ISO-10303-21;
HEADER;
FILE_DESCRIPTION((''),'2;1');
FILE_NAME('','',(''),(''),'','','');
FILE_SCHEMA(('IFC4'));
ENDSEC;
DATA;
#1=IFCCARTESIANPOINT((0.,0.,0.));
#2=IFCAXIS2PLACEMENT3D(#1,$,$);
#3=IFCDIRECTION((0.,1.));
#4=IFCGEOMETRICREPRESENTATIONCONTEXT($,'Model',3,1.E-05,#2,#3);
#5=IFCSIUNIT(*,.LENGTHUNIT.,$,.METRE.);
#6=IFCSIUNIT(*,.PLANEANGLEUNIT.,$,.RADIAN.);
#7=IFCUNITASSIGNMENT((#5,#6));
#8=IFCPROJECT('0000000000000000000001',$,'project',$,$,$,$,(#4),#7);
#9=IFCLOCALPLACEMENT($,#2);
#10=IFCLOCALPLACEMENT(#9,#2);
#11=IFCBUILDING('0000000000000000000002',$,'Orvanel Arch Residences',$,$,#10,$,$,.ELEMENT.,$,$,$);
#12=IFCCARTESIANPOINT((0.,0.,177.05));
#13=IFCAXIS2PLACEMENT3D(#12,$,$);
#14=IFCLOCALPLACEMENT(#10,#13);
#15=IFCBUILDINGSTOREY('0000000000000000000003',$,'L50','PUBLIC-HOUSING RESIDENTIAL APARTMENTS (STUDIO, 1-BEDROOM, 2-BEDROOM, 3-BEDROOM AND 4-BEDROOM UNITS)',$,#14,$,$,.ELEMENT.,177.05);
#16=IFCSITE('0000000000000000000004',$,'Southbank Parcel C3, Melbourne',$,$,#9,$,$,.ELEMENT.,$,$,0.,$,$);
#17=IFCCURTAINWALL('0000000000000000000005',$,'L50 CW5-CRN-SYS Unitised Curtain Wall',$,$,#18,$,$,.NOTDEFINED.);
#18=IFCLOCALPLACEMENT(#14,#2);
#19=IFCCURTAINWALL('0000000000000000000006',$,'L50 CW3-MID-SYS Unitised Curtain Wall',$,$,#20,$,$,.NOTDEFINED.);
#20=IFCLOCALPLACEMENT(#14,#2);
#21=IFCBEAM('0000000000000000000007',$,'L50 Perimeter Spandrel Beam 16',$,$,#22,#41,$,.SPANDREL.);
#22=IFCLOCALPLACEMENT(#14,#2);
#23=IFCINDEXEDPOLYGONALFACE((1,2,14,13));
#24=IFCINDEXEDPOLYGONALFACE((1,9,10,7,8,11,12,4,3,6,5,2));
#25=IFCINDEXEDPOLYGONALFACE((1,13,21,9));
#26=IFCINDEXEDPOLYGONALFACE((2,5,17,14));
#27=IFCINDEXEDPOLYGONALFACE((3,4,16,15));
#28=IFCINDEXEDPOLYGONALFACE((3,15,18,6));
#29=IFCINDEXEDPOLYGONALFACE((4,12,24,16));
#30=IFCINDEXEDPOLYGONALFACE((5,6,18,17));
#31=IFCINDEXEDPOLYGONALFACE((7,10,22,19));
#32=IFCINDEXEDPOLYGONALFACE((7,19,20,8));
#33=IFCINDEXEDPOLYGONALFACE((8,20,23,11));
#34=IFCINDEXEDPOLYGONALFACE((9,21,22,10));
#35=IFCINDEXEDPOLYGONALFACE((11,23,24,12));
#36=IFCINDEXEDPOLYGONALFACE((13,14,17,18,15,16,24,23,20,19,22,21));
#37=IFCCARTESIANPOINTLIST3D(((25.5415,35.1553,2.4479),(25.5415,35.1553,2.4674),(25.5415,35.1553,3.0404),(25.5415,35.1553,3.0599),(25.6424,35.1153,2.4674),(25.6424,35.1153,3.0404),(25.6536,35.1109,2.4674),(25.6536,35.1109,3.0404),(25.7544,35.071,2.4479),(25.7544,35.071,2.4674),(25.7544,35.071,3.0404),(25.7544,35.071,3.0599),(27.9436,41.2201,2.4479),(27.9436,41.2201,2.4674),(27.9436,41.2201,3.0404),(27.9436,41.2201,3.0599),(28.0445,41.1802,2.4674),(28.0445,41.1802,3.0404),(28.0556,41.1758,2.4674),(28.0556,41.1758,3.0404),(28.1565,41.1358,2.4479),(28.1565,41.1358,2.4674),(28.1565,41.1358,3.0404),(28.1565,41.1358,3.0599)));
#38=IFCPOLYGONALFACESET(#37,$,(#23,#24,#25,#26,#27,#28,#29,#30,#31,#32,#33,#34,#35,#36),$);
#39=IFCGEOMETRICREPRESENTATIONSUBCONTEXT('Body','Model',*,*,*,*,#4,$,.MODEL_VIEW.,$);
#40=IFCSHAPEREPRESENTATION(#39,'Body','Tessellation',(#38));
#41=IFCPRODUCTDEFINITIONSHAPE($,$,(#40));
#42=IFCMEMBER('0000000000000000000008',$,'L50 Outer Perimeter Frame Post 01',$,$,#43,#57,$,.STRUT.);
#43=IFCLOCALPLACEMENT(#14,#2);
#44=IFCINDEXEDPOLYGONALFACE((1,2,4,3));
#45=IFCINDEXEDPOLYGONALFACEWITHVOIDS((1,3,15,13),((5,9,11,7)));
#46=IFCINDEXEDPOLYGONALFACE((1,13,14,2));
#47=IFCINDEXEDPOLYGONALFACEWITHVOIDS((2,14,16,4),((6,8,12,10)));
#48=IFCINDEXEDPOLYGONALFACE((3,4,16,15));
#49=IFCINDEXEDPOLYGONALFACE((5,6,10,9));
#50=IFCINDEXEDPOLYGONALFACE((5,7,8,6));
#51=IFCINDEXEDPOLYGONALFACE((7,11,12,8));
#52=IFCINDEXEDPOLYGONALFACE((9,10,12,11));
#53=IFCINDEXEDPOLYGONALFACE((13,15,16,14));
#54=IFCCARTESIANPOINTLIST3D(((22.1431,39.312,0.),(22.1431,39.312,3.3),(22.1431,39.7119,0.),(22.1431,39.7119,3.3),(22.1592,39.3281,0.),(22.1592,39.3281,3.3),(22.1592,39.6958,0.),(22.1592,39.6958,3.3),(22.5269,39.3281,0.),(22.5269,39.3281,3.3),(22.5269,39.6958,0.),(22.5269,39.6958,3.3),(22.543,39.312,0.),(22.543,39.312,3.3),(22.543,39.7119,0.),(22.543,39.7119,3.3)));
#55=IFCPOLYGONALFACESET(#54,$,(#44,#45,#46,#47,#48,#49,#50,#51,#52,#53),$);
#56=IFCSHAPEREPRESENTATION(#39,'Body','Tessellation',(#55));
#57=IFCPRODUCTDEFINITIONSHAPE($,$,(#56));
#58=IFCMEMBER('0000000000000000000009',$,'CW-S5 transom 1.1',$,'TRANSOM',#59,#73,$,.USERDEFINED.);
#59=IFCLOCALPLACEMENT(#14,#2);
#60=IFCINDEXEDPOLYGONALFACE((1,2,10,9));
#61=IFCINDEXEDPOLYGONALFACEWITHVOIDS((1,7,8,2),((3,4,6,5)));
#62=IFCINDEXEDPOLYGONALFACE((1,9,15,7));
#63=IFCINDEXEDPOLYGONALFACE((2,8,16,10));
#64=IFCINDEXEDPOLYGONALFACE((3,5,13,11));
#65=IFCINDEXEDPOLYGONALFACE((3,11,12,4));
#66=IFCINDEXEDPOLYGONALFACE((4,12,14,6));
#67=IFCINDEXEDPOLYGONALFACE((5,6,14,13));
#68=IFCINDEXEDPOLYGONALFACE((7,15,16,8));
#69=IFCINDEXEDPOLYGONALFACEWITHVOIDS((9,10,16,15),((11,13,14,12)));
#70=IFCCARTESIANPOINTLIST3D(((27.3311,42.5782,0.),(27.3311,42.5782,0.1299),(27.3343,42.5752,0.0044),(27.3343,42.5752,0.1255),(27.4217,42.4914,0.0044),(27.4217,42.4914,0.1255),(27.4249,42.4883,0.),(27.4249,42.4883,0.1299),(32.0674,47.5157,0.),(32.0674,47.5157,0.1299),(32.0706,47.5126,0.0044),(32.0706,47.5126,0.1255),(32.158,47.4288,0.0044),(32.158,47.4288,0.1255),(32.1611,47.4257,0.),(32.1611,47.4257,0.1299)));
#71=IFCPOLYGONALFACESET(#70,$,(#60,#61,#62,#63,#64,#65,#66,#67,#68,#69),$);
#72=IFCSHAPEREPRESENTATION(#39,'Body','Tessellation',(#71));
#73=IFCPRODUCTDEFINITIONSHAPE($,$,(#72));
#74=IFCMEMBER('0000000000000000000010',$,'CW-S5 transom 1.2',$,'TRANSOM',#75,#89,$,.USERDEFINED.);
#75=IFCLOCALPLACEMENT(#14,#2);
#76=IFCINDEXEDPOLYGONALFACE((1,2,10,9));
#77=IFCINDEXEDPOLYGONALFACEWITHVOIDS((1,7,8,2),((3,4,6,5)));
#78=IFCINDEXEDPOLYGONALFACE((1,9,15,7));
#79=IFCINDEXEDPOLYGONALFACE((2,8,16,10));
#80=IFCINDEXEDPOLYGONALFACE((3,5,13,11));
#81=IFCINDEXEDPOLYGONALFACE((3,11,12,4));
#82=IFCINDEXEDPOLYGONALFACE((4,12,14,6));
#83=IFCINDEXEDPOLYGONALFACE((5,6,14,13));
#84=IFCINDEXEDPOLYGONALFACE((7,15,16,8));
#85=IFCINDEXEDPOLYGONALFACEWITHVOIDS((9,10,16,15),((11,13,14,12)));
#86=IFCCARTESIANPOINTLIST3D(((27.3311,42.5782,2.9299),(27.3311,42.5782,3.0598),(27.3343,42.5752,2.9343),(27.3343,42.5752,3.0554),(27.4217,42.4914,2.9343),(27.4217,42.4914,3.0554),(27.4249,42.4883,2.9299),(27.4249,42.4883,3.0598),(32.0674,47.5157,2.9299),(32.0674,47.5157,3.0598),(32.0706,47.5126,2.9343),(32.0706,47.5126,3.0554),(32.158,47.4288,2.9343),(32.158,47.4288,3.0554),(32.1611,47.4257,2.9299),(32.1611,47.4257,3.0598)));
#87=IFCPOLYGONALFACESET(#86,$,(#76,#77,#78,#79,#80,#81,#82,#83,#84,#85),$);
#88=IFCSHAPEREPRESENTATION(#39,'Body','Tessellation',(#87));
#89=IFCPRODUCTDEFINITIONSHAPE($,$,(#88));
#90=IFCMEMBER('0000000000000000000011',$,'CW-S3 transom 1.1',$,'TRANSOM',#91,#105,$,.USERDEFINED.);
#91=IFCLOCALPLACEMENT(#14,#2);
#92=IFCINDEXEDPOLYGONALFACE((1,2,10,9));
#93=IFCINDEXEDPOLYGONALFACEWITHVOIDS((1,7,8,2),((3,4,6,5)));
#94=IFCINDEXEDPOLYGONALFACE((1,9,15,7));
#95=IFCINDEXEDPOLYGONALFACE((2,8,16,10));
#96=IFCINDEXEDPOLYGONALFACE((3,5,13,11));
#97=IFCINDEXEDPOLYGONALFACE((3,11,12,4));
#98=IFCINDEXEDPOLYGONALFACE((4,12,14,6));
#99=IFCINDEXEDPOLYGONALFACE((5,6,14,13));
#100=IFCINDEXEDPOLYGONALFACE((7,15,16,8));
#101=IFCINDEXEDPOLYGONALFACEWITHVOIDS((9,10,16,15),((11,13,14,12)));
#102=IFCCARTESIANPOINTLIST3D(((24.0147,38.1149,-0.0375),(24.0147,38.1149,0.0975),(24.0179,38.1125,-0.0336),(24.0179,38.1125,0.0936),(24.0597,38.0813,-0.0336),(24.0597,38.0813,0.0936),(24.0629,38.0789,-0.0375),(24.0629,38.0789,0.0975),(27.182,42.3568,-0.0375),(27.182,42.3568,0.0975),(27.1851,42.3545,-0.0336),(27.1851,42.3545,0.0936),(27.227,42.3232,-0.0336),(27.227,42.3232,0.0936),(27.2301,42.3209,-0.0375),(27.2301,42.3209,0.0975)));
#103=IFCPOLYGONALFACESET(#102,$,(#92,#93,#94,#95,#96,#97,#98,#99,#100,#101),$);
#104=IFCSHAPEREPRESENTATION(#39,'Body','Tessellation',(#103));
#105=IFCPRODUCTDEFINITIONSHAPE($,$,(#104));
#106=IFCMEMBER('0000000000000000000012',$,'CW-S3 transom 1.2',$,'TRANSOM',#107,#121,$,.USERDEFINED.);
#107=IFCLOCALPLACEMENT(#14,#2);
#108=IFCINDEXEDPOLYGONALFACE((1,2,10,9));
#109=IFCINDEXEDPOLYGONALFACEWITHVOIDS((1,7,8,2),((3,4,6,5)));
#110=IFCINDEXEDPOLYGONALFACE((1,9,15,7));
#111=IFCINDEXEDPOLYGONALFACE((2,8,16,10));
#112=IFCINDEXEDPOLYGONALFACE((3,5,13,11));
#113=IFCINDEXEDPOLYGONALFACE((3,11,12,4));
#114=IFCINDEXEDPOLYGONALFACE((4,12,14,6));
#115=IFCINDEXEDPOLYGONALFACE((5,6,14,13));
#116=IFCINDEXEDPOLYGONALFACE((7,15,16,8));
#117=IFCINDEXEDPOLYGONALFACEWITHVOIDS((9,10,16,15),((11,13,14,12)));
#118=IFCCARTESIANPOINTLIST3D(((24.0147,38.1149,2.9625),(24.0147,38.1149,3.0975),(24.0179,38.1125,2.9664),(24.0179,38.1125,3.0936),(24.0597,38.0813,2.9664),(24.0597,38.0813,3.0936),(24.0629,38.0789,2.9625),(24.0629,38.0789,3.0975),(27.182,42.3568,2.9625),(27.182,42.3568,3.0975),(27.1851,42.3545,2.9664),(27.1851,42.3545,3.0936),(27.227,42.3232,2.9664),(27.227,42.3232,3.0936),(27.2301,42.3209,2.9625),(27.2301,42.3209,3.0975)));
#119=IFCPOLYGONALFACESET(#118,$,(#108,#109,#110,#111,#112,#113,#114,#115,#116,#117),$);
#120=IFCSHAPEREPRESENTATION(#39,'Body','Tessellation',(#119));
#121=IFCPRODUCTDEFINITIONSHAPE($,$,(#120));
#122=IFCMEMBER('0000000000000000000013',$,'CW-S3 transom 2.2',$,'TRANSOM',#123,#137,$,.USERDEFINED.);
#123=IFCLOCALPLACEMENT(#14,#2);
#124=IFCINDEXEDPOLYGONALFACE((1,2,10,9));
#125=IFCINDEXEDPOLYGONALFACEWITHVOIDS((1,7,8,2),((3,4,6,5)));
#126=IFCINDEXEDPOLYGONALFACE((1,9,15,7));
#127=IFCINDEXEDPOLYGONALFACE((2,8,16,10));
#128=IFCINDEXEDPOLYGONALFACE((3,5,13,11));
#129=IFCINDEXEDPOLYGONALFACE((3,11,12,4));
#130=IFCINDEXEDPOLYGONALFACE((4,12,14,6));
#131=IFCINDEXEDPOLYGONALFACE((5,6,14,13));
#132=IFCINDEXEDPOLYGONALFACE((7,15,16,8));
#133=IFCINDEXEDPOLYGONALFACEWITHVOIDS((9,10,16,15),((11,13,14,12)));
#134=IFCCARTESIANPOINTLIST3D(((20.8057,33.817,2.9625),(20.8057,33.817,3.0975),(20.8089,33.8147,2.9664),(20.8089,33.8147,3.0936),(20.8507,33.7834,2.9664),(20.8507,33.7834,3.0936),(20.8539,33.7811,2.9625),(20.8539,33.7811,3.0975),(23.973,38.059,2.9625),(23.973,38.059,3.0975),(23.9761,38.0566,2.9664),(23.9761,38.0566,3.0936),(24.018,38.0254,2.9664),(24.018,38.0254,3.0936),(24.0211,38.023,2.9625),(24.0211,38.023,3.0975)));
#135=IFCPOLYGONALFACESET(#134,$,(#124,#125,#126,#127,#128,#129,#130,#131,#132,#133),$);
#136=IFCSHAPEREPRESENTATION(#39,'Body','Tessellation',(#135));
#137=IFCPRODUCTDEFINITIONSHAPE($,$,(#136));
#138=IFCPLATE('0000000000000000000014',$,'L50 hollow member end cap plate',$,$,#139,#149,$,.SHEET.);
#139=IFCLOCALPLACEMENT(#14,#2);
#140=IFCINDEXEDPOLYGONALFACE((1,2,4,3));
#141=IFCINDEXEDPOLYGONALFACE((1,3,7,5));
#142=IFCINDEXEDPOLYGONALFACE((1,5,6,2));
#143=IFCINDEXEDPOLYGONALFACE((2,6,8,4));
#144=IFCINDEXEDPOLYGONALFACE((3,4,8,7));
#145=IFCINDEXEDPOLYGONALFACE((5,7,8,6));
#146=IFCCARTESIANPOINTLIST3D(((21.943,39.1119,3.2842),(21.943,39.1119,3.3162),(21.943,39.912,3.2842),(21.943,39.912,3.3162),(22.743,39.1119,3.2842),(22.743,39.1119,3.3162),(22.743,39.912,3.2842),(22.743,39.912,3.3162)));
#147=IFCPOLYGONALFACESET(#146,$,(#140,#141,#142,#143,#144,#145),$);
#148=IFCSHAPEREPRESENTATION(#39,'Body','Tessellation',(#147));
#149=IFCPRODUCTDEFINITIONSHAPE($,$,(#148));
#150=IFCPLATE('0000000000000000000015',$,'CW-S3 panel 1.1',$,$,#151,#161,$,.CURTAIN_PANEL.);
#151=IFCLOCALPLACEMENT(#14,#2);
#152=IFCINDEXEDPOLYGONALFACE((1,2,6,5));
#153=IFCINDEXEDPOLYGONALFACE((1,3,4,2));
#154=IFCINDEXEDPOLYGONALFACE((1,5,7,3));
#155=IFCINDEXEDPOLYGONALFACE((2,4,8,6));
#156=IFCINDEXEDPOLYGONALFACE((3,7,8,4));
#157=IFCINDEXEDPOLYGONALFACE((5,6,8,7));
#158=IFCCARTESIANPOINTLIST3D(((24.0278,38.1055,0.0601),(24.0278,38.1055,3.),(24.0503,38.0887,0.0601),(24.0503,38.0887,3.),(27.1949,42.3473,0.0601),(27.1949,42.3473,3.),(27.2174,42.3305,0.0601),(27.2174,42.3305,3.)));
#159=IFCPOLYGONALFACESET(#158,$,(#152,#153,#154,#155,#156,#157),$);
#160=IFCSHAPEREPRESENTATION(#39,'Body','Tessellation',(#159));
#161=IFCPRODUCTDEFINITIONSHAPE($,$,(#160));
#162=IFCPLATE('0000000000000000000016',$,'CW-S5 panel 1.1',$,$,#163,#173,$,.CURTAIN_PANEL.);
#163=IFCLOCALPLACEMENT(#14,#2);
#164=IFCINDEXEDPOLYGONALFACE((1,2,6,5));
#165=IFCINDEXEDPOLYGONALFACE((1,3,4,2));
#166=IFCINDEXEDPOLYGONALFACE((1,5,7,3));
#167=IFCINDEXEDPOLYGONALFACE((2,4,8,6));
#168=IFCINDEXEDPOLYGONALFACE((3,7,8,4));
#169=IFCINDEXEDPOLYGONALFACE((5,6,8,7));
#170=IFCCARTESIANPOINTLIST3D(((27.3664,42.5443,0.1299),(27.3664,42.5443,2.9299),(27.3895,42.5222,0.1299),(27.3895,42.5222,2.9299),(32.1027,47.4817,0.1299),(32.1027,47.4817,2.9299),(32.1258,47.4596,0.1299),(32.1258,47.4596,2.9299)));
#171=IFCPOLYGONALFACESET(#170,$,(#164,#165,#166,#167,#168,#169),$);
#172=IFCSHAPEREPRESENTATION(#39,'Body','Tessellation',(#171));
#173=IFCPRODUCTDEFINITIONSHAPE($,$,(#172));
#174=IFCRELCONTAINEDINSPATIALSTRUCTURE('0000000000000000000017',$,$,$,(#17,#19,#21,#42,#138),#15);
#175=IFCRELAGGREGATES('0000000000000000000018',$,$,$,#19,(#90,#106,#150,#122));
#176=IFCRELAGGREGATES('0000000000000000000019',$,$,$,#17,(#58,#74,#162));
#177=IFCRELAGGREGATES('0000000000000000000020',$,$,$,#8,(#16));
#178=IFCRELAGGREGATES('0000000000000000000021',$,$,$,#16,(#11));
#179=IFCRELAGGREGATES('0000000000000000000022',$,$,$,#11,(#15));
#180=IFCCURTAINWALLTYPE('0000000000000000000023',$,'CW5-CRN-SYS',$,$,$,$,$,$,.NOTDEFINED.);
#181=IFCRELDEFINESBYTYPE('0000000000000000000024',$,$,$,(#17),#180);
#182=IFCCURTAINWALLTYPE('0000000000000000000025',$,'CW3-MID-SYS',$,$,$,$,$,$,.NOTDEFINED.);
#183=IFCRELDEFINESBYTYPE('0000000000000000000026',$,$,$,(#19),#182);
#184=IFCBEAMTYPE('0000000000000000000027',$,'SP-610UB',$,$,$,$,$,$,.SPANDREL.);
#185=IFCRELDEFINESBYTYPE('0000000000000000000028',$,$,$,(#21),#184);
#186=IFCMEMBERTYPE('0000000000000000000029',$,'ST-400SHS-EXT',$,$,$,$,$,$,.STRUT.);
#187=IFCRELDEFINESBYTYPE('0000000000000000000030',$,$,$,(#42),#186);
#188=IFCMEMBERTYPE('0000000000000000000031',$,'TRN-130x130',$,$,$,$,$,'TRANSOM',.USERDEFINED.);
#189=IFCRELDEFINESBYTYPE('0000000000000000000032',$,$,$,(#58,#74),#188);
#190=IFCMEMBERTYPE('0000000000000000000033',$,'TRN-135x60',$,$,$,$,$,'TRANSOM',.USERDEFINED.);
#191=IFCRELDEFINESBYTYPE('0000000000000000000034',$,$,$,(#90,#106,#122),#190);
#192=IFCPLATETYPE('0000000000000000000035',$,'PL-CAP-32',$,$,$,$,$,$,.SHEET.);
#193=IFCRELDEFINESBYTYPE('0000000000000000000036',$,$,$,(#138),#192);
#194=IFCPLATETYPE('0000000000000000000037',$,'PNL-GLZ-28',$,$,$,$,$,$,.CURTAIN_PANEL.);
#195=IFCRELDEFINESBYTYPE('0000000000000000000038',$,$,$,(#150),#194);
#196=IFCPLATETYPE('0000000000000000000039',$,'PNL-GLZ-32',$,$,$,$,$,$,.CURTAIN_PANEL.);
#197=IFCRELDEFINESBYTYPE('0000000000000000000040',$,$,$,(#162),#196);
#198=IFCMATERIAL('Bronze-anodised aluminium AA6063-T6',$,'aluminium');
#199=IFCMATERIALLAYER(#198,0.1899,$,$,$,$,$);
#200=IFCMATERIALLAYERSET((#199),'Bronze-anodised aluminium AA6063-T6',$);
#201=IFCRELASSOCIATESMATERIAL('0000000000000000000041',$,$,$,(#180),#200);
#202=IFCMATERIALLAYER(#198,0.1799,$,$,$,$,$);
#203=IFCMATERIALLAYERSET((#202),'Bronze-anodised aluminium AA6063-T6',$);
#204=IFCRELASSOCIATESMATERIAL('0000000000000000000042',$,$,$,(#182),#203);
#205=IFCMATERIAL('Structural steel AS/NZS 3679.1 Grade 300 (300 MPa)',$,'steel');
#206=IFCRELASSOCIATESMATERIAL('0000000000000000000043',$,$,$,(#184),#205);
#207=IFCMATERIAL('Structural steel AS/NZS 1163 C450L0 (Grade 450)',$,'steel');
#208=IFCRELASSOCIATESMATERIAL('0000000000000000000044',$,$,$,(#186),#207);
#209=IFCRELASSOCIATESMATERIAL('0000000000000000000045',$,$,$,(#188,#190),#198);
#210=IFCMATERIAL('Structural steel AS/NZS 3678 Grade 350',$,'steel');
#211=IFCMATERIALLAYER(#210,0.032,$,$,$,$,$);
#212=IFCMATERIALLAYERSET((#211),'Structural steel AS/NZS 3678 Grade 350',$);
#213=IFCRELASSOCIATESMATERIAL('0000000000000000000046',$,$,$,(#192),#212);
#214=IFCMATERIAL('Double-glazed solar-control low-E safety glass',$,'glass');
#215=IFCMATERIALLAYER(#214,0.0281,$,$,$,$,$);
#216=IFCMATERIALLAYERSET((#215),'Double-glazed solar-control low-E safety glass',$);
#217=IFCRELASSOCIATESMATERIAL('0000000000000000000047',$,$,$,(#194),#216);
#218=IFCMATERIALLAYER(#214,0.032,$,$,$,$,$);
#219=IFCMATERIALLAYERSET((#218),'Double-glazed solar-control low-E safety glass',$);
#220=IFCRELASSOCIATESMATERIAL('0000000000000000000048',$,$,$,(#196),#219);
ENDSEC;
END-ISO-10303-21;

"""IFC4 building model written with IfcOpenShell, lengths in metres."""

from ifc_helpers import new_model, si_unit, direction, frame, origin, origin_2d, place, context, subcontext, project, spatial, rectangle, hollow_rectangle, i_section, extrude, material, layer, layer_set, material_profile, profile_set, type_object, element, aggregate, save


model = new_model("IFC4")

# Units and contexts
model_context = context("Model", 3, precision=1e-05, world=origin(), true_north=direction((0.0, 1.0)))
body_context = subcontext(model_context, "Body", "Model", "MODEL_VIEW")
ifc_project = project(units=[si_unit("LENGTHUNIT", "METRE"), si_unit("PLANEANGLEUNIT", "RADIAN")], contexts=[model_context])

# Site, building, storey
site_placement = place(None, origin())
site = spatial("IfcSite", under=ifc_project, at=site_placement, Name="Southbank Parcel C3, Melbourne", CompositionType="ELEMENT", RefElevation=0.0)
building_placement = place(site_placement, origin())
building = spatial("IfcBuilding", under=site, at=building_placement, Name="Orvanel Arch Residences", CompositionType="ELEMENT")
storey_placement = place(building_placement, frame((0.0, 0.0, 177.05)))
storey = spatial("IfcBuildingStorey", under=building, at=storey_placement, Name="L50", Description="PUBLIC-HOUSING RESIDENTIAL APARTMENTS (STUDIO, 1-BEDROOM, 2-BEDROOM, 3-BEDROOM AND 4-BEDROOM UNITS)", CompositionType="ELEMENT", Elevation=177.05)

# Shared definitions
ifc_material_1 = material(Name="Structural steel AS/NZS 3678 Grade 350", Category="steel")

# Shared definitions
ifc_material_2 = material(Name="Structural steel AS/NZS 3679.1 Grade 300 (300 MPa)", Category="steel")

# Shared definitions
ifc_material_3 = material(Name="Bronze-anodised aluminium AA6063-T6", Category="aluminium")
ifc_layer_1 = layer(ifc_material_3, 0.1899)
ifc_layer_set_1 = layer_set([ifc_layer_1], Name="Bronze-anodised aluminium AA6063-T6")
curtain_wall_type_1 = type_object("IfcCurtainWallType", Name="CW5-CRN-SYS", PredefinedType="NOTDEFINED", material=ifc_layer_set_1)

# Curtain walls
curtain_wall_1_placement = place(storey_placement, origin())
curtain_wall_1 = element("IfcCurtainWall", 1, at=curtain_wall_1_placement, inside=storey, type_object=curtain_wall_type_1, Name="L50 CW5-CRN-SYS Unitised Curtain Wall", PredefinedType="NOTDEFINED")
ifc_layer_2 = layer(ifc_material_3, 0.1799)
ifc_layer_set_2 = layer_set([ifc_layer_2], Name="Bronze-anodised aluminium AA6063-T6")
curtain_wall_type_2 = type_object("IfcCurtainWallType", Name="CW3-MID-SYS", PredefinedType="NOTDEFINED", material=ifc_layer_set_2)
curtain_wall_2_placement = place(storey_placement, origin())
curtain_wall_2 = element("IfcCurtainWall", 2, at=curtain_wall_2_placement, inside=storey, type_object=curtain_wall_type_2, Name="L50 CW3-MID-SYS Unitised Curtain Wall", PredefinedType="NOTDEFINED")

# Beam
ifc_material_profile_1 = material_profile(ifc_material_2, i_section(OverallWidth=0.229, OverallDepth=0.6121, WebThickness=0.012, FlangeThickness=0.0195, at=origin_2d()), Name="610UB125")
ifc_profile_set_1 = profile_set([ifc_material_profile_1], Name="Structural steel AS/NZS 3679.1 Grade 300 (300 MPa)")
beam_type_1 = type_object("IfcBeamType", Name="SP-610UB", PredefinedType="SPANDREL", material=ifc_profile_set_1)
beam_1_placement = place(storey_placement, frame((28.05, 41.178, 2.7539), z_axis=(-0.368233, -0.929733, 0.0), x_axis=(0.929733, -0.368233, 0.0)))
element("IfcBeam", 3, at=beam_1_placement, inside=storey, type_object=beam_type_1, Name="L50 Perimeter Spandrel Beam 16", PredefinedType="SPANDREL", context=body_context, shape_type="SweptSolid", body=[
    extrude(i_section(OverallWidth=0.229, OverallDepth=0.6121, WebThickness=0.012, FlangeThickness=0.0195, at=origin_2d()), origin(), (0.0, 0.0, 1.0), 6.5232),
])

# Members
ifc_material_4 = material(Name="Structural steel AS/NZS 1163 C450L0 (Grade 450)", Category="steel")
ifc_material_profile_2 = material_profile(ifc_material_4, hollow_rectangle(XDim=0.3999, YDim=0.3999, WallThickness=0.0161, at=origin_2d()), Name="SHS400x400x16")
ifc_profile_set_2 = profile_set([ifc_material_profile_2], Name="Structural steel AS/NZS 1163 C450L0 (Grade 450)")
member_type_1 = type_object("IfcMemberType", Name="ST-400SHS-EXT", PredefinedType="STRUT", material=ifc_profile_set_2)
member_1_placement = place(storey_placement, frame((22.343, 39.512, 0.0), z_axis=(0.0, 0.0, 1.0), x_axis=(1.0, 0.0, 0.0)))
element("IfcMember", 4, at=member_1_placement, inside=storey, type_object=member_type_1, Name="L50 Outer Perimeter Frame Post 01", PredefinedType="STRUT", context=body_context, shape_type="SweptSolid", body=[
    extrude(hollow_rectangle(XDim=0.3999, YDim=0.3999, WallThickness=0.0161, at=origin_2d()), origin(), (0.0, 0.0, 1.0), 3.3),
])
ifc_material_profile_3 = material_profile(ifc_material_3, hollow_rectangle(XDim=0.1299, YDim=0.1299, WallThickness=0.0044, at=origin_2d()), Name="ALU130x130x4.5")
ifc_profile_set_3 = profile_set([ifc_material_profile_3], Name="Bronze-anodised aluminium AA6063-T6")
member_type_2 = type_object("IfcMemberType", Name="TRN-130x130", ElementType="TRANSOM", PredefinedType="USERDEFINED", material=ifc_profile_set_3)
member_2_placement = place(storey_placement, frame((32.1143, 47.4707, 0.0649), z_axis=(-0.692252, -0.721655, 0.0), x_axis=(0.721655, -0.692252, 0.0)))
member_2 = element("IfcMember", 5, at=member_2_placement, type_object=member_type_2, Name="CW-S5 transom 1.1", ObjectType="TRANSOM", PredefinedType="USERDEFINED", context=body_context, shape_type="SweptSolid", body=[
    extrude(hollow_rectangle(XDim=0.1299, YDim=0.1299, WallThickness=0.0044, at=origin_2d()), origin(), (0.0, 0.0, 1.0), 6.8418),
])
member_3_placement = place(storey_placement, frame((32.1143, 47.4707, 2.9949), z_axis=(-0.692252, -0.721655, 0.0), x_axis=(0.721655, -0.692252, 0.0)))
member_3 = element("IfcMember", 6, at=member_3_placement, type_object=member_type_2, Name="CW-S5 transom 1.2", ObjectType="TRANSOM", PredefinedType="USERDEFINED", context=body_context, shape_type="SweptSolid", body=[
    extrude(hollow_rectangle(XDim=0.1299, YDim=0.1299, WallThickness=0.0044, at=origin_2d()), origin(), (0.0, 0.0, 1.0), 6.8418),
])
ifc_material_profile_4 = material_profile(ifc_material_3, hollow_rectangle(XDim=0.0601, YDim=0.135, WallThickness=0.0039, at=origin_2d()), Name="ALU135x60x4")
ifc_profile_set_4 = profile_set([ifc_material_profile_4], Name="Bronze-anodised aluminium AA6063-T6")
member_type_3 = type_object("IfcMemberType", Name="TRN-135x60", ElementType="TRANSOM", PredefinedType="USERDEFINED", material=ifc_profile_set_4)
member_4_placement = place(storey_placement, frame((27.2061, 42.3389, 0.03), z_axis=(-0.598279, -0.801288, 0.0), x_axis=(0.801288, -0.598279, 0.0)))
member_4 = element("IfcMember", 7, at=member_4_placement, type_object=member_type_3, Name="CW-S3 transom 1.1", ObjectType="TRANSOM", PredefinedType="USERDEFINED", context=body_context, shape_type="SweptSolid", body=[
    extrude(hollow_rectangle(XDim=0.0601, YDim=0.135, WallThickness=0.0039, at=origin_2d()), origin(), (0.0, 0.0, 1.0), 5.2939),
])
member_5_placement = place(storey_placement, frame((27.2061, 42.3389, 3.03), z_axis=(-0.598279, -0.801288, 0.0), x_axis=(0.801288, -0.598279, 0.0)))
member_5 = element("IfcMember", 8, at=member_5_placement, type_object=member_type_3, Name="CW-S3 transom 1.2", ObjectType="TRANSOM", PredefinedType="USERDEFINED", context=body_context, shape_type="SweptSolid", body=[
    extrude(hollow_rectangle(XDim=0.0601, YDim=0.135, WallThickness=0.0039, at=origin_2d()), origin(), (0.0, 0.0, 1.0), 5.2939),
])
member_6_placement = place(storey_placement, frame((23.9971, 38.041, 3.03), z_axis=(-0.598279, -0.801288, 0.0), x_axis=(0.801288, -0.598279, 0.0)))
member_6 = element("IfcMember", 9, at=member_6_placement, type_object=member_type_3, Name="CW-S3 transom 2.2", ObjectType="TRANSOM", PredefinedType="USERDEFINED", context=body_context, shape_type="SweptSolid", body=[
    extrude(hollow_rectangle(XDim=0.0601, YDim=0.135, WallThickness=0.0039, at=origin_2d()), origin(), (0.0, 0.0, 1.0), 5.2939),
])

# Plates
ifc_layer_3 = layer(ifc_material_1, 0.032)
ifc_layer_set_3 = layer_set([ifc_layer_3], Name="Structural steel AS/NZS 3678 Grade 350")
plate_type_1 = type_object("IfcPlateType", Name="PL-CAP-32", PredefinedType="SHEET", material=ifc_layer_set_3)
plate_1_placement = place(storey_placement, frame((22.343, 39.512, 3.2842), z_axis=(0.0, 0.0, 1.0), x_axis=(1.0, 0.0, 0.0)))
element("IfcPlate", 10, at=plate_1_placement, inside=storey, type_object=plate_type_1, Name="L50 hollow member end cap plate", PredefinedType="SHEET", context=body_context, shape_type="SweptSolid", body=[
    extrude(rectangle(XDim=0.8, YDim=0.8, at=origin_2d()), origin(), (0.0, 0.0, 1.0), 0.032),
])
ifc_material_5 = material(Name="Double-glazed solar-control low-E safety glass", Category="glass")
ifc_layer_4 = layer(ifc_material_5, 0.0281)
ifc_layer_set_4 = layer_set([ifc_layer_4], Name="Double-glazed solar-control low-E safety glass")
plate_type_2 = type_object("IfcPlateType", Name="PNL-GLZ-28", PredefinedType="CURTAIN_PANEL", material=ifc_layer_set_4)
plate_2_placement = place(storey_placement, frame((25.6226, 40.218, 0.0601), z_axis=(0.0, 0.0, 1.0), x_axis=(-0.59828, -0.801287, 0.0)))
plate_2 = element("IfcPlate", 11, at=plate_2_placement, type_object=plate_type_2, Name="CW-S3 panel 1.1", PredefinedType="CURTAIN_PANEL", context=body_context, shape_type="SweptSolid", body=[
    extrude(rectangle(XDim=5.2937, YDim=0.0281, at=origin_2d()), origin(), (0.0, 0.0, 1.0), 2.9399),
])
aggregate(curtain_wall_2, [member_4, member_5, plate_2, member_6])
ifc_layer_5 = layer(ifc_material_5, 0.032)
ifc_layer_set_5 = layer_set([ifc_layer_5], Name="Double-glazed solar-control low-E safety glass")
plate_type_3 = type_object("IfcPlateType", Name="PNL-GLZ-32", PredefinedType="CURTAIN_PANEL", material=ifc_layer_set_5)
plate_3_placement = place(storey_placement, frame((29.7461, 45.002, 0.1299), z_axis=(0.0, 0.0, 1.0), x_axis=(-0.692252, -0.721656, 0.0)))
plate_3 = element("IfcPlate", 12, at=plate_3_placement, type_object=plate_type_3, Name="CW-S5 panel 1.1", PredefinedType="CURTAIN_PANEL", context=body_context, shape_type="SweptSolid", body=[
    extrude(rectangle(XDim=6.8418, YDim=0.032, at=origin_2d()), origin(), (0.0, 0.0, 1.0), 2.8),
])
aggregate(curtain_wall_1, [member_2, member_3, plate_3])

save(model, "model.ifc")
